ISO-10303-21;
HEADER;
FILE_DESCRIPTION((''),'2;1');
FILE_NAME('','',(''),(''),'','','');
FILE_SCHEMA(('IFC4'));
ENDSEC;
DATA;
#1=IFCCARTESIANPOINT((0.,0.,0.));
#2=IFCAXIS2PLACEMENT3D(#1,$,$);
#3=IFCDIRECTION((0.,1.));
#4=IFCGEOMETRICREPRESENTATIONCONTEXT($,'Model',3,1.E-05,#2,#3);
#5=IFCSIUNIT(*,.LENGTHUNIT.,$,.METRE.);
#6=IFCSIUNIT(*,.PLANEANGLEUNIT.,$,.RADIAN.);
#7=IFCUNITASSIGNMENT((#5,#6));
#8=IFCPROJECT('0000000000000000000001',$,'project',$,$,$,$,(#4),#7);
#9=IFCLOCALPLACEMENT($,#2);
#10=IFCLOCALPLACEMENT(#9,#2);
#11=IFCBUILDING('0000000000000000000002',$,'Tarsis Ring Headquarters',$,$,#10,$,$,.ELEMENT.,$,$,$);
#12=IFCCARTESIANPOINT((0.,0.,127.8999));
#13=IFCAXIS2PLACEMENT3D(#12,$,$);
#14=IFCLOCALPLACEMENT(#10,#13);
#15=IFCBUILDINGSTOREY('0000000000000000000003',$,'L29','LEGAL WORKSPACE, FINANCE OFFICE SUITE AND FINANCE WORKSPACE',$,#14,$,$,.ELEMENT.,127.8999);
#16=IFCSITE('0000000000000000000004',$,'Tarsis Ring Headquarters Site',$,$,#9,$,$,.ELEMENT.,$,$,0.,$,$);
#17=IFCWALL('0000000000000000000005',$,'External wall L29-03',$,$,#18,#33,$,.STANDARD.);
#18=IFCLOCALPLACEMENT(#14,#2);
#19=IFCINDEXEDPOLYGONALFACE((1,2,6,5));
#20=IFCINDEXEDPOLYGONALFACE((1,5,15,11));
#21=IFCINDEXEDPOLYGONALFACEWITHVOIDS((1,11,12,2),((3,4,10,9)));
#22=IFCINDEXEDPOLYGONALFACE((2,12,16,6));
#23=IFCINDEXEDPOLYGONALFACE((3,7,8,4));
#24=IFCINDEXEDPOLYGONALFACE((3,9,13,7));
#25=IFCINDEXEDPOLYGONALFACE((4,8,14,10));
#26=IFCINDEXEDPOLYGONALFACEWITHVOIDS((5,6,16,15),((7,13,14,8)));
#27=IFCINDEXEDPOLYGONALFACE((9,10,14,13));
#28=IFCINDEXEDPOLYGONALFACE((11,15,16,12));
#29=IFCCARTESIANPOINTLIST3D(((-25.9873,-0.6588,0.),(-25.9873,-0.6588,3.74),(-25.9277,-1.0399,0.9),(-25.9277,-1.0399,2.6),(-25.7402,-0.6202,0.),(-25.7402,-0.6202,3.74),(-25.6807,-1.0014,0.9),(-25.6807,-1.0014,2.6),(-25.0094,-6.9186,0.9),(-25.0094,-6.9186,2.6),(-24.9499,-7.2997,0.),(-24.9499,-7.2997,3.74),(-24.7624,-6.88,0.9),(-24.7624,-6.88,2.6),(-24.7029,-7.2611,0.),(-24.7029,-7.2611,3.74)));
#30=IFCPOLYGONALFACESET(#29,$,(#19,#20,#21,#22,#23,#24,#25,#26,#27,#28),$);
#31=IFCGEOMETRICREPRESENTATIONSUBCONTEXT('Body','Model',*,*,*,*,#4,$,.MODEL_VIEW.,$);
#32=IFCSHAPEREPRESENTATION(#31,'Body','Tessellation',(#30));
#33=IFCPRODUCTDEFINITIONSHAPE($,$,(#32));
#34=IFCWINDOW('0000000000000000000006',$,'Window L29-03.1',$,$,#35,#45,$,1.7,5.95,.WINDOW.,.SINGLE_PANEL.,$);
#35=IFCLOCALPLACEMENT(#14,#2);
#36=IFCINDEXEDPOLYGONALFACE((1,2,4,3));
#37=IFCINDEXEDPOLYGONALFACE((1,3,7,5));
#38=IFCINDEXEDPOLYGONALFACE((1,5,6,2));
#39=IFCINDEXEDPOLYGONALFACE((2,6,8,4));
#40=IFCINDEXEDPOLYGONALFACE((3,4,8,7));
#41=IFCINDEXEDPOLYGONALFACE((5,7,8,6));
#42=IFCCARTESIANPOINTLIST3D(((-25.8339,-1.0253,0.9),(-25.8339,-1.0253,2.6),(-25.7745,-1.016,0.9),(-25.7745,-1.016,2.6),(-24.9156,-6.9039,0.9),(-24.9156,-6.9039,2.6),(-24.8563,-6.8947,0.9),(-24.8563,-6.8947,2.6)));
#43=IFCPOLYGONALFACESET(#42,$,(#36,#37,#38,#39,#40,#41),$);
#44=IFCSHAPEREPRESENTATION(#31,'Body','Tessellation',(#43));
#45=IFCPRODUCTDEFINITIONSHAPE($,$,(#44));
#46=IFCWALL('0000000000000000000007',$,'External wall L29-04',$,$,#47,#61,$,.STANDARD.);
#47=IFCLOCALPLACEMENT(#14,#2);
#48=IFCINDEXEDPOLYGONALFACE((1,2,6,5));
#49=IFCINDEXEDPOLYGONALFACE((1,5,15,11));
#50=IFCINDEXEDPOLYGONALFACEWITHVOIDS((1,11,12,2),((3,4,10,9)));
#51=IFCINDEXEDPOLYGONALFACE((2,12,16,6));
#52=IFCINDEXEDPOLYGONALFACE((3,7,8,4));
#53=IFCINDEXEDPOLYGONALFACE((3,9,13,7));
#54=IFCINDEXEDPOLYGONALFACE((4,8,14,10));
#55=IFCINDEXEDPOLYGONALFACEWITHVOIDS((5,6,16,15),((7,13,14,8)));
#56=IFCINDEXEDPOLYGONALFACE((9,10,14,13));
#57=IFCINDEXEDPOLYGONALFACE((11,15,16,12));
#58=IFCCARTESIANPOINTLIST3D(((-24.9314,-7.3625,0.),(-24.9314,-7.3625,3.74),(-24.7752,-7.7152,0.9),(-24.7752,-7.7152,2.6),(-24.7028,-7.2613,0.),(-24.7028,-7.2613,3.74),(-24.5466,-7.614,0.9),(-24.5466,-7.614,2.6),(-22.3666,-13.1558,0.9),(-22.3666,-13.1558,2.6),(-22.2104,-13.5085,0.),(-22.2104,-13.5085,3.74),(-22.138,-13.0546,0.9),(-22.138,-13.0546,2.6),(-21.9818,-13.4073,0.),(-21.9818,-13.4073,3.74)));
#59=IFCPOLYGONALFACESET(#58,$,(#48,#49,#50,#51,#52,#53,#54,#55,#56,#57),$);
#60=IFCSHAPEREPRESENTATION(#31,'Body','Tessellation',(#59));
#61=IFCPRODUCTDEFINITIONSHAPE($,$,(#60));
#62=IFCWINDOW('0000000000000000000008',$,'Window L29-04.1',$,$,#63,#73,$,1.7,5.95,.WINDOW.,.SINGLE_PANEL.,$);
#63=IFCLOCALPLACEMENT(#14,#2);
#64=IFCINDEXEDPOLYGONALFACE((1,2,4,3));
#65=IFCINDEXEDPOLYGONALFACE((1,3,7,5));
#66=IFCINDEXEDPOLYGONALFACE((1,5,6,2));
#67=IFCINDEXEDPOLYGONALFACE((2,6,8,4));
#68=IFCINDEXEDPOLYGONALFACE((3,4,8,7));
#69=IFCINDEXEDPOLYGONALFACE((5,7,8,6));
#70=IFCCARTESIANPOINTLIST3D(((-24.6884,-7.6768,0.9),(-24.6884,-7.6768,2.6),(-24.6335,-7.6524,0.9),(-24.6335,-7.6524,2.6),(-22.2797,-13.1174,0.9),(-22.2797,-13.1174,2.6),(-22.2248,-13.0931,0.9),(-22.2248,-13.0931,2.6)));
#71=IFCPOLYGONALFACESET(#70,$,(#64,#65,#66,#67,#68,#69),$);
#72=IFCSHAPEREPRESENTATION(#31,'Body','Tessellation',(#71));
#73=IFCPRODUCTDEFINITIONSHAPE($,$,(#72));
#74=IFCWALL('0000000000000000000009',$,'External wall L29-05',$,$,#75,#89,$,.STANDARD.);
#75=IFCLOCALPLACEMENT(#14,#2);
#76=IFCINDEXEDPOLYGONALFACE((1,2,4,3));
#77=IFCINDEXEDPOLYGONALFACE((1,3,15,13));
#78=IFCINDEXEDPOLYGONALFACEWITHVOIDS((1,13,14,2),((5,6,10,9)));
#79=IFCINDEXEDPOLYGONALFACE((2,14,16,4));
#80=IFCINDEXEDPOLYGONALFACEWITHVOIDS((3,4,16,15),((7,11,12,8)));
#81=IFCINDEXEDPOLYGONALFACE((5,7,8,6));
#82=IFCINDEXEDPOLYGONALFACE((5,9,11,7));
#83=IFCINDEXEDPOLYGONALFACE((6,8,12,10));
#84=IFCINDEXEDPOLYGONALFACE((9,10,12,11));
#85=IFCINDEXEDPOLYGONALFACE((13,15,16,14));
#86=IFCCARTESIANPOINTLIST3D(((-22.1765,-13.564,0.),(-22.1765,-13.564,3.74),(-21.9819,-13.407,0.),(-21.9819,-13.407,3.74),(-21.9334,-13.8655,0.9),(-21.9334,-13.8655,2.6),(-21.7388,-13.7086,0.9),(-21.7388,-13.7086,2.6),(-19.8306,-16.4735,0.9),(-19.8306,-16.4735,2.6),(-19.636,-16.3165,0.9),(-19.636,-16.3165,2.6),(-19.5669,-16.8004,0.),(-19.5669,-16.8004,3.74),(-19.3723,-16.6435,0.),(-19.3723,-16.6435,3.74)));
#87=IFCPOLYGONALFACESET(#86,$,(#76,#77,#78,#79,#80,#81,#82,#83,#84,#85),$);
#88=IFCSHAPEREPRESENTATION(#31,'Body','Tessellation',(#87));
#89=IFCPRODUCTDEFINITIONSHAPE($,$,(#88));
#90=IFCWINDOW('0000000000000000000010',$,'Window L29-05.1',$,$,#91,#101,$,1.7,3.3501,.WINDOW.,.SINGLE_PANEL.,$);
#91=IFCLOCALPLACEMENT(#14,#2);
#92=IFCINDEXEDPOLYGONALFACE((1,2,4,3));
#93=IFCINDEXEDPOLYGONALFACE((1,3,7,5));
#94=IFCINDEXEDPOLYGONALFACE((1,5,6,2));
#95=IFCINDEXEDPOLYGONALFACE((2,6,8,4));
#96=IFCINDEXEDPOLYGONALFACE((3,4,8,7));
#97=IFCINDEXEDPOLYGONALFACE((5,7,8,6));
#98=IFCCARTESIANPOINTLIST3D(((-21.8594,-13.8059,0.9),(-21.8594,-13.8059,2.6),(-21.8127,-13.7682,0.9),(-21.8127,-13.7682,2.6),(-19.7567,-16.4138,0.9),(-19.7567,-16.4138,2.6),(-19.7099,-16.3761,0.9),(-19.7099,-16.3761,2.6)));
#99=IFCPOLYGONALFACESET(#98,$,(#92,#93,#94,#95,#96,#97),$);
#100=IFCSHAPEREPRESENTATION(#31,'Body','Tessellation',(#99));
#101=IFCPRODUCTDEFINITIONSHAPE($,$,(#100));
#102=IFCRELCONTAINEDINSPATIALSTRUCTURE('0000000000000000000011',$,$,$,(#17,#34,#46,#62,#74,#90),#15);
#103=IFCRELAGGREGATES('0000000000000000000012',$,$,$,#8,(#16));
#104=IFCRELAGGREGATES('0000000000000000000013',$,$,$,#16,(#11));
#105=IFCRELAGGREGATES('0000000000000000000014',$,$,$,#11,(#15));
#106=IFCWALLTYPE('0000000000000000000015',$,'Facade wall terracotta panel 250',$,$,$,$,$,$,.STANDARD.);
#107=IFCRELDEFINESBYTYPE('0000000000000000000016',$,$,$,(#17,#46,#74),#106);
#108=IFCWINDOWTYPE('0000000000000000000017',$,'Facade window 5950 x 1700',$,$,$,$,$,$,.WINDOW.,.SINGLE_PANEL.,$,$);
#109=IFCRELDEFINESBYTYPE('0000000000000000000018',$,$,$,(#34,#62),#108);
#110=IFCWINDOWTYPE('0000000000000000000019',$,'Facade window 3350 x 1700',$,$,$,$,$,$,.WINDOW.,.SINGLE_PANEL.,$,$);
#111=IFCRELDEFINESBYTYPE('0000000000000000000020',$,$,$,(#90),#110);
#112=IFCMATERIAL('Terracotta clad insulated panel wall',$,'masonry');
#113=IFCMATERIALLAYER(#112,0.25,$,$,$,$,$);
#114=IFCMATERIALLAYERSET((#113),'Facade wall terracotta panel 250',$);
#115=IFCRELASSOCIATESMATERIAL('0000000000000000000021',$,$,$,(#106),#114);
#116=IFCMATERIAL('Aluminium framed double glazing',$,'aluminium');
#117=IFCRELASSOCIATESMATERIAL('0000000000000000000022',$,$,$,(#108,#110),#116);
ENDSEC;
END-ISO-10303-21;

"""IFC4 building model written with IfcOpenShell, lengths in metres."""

from ifc_helpers import new_model, si_unit, direction, frame, frame_2d, origin, place, context, subcontext, project, spatial, rectangle, extrude, material, layer, layer_set, type_object, element, fill, save


model = new_model("IFC4")

# Units and contexts
model_context = context("Model", 3, precision=1e-05, world=origin(), true_north=direction((0.0, 1.0)))
body_context = subcontext(model_context, "Body", "Model", "MODEL_VIEW")
ifc_project = project(units=[si_unit("LENGTHUNIT", "METRE"), si_unit("PLANEANGLEUNIT", "RADIAN")], contexts=[model_context])

# Site, building, storey
site_placement = place(None, origin())
site = spatial("IfcSite", under=ifc_project, at=site_placement, Name="Tarsis Ring Headquarters Site", CompositionType="ELEMENT", RefElevation=0.0)
building_placement = place(site_placement, origin())
building = spatial("IfcBuilding", under=site, at=building_placement, Name="Tarsis Ring Headquarters", CompositionType="ELEMENT")
storey_placement = place(building_placement, frame((0.0, 0.0, 127.8999)))
storey = spatial("IfcBuildingStorey", under=building, at=storey_placement, Name="L29", Description="LEGAL WORKSPACE, FINANCE OFFICE SUITE AND FINANCE WORKSPACE", CompositionType="ELEMENT", Elevation=127.8999)

# Walls, openings, windows
ifc_material_1 = material(Name="Terracotta clad insulated panel wall", Category="masonry")
ifc_layer_1 = layer(ifc_material_1, 0.25)
ifc_layer_set_1 = layer_set([ifc_layer_1], Name="Facade wall terracotta panel 250")
wall_type_1 = type_object("IfcWallType", Name="Facade wall terracotta panel 250", PredefinedType="STANDARD", material=ifc_layer_set_1)
wall_1_placement = place(storey_placement, frame((-25.8638, -0.6394, 0.0), z_axis=(0.0, 0.0, 1.0), x_axis=(0.154336, -0.988018, 0.0)))
wall_1 = element("IfcWall", 1, at=wall_1_placement, inside=storey, type_object=wall_type_1, Name="External wall L29-03", PredefinedType="STANDARD", context=body_context, shape_type="SweptSolid", body=[
    extrude(rectangle(XDim=6.7214, YDim=0.25, at=frame_2d((3.3608, 0.0))), origin(), (0.0, 0.0, 1.0), 3.74),
])
opening_1_placement = place(wall_1_placement, frame((0.3857, 0.0, 0.8999)))
opening_1 = element("IfcOpeningElement", 2, at=opening_1_placement, cuts=wall_1, PredefinedType="OPENING", context=body_context, shape_type="SweptSolid", body=[
    extrude(rectangle(XDim=5.95, YDim=1.7, at=frame_2d((2.9751, 0.8501))), frame((0.0, 0.135, 0.0), z_axis=(0.0, -1.0, 0.0), x_axis=(1.0, 0.0, 0.0)), (0.0, 0.0, 1.0), 0.27),
])
ifc_material_2 = material(Name="Aluminium framed double glazing", Category="aluminium")
window_type_1 = type_object("IfcWindowType", Name="Facade window 5950 x 1700", PartitioningType="SINGLE_PANEL", PredefinedType="WINDOW", material=ifc_material_2)
window_1_placement = place(opening_1_placement, origin())
window_1 = element("IfcWindow", 3, at=window_1_placement, inside=storey, type_object=window_type_1, Name="Window L29-03.1", OverallHeight=1.7, OverallWidth=5.95, PartitioningType="SINGLE_PANEL", PredefinedType="WINDOW", context=body_context, shape_type="SweptSolid", body=[
    extrude(rectangle(XDim=5.95, YDim=1.7, at=frame_2d((2.9751, 0.8501))), frame((0.0, 0.03, 0.0), z_axis=(0.0, -1.0, 0.0), x_axis=(1.0, 0.0, 0.0)), (0.0, 0.0, 1.0), 0.0601),
])
fill(opening_1, window_1)
wall_2_placement = place(storey_placement, frame((-24.8171, -7.3118, 0.0), z_axis=(0.0, 0.0, 1.0), x_axis=(0.40482, -0.914396, 0.0)))
wall_2 = element("IfcWall", 4, at=wall_2_placement, inside=storey, type_object=wall_type_1, Name="External wall L29-04", PredefinedType="STANDARD", context=body_context, shape_type="SweptSolid", body=[
    extrude(rectangle(XDim=6.7214, YDim=0.25, at=frame_2d((3.3608, 0.0))), origin(), (0.0, 0.0, 1.0), 3.74),
])
opening_2_placement = place(wall_2_placement, frame((0.3857, 0.0, 0.8999)))
opening_2 = element("IfcOpeningElement", 5, at=opening_2_placement, cuts=wall_2, PredefinedType="OPENING", context=body_context, shape_type="SweptSolid", body=[
    extrude(rectangle(XDim=5.95, YDim=1.7, at=frame_2d((2.9751, 0.8501))), frame((0.0, 0.135, 0.0), z_axis=(0.0, -1.0, 0.0), x_axis=(1.0, 0.0, 0.0)), (0.0, 0.0, 1.0), 0.27),
])
window_2_placement = place(opening_2_placement, origin())
window_2 = element("IfcWindow", 6, at=window_2_placement, inside=storey, type_object=window_type_1, Name="Window L29-04.1", OverallHeight=1.7, OverallWidth=5.95, PartitioningType="SINGLE_PANEL", PredefinedType="WINDOW", context=body_context, shape_type="SweptSolid", body=[
    extrude(rectangle(XDim=5.95, YDim=1.7, at=frame_2d((2.9751, 0.8501))), frame((0.0, 0.03, 0.0), z_axis=(0.0, -1.0, 0.0), x_axis=(1.0, 0.0, 0.0)), (0.0, 0.0, 1.0), 0.0601),
])
fill(opening_2, window_2)
wall_3_placement = place(storey_placement, frame((-22.0791, -13.4856, 0.0), z_axis=(0.0, 0.0, 1.0), x_axis=(0.627677, -0.778474, 0.0)))
wall_3 = element("IfcWall", 7, at=wall_3_placement, inside=storey, type_object=wall_type_1, Name="External wall L29-05", PredefinedType="STANDARD", context=body_context, shape_type="SweptSolid", body=[
    extrude(rectangle(XDim=4.1575, YDim=0.25, at=frame_2d((2.0786, 0.0))), origin(), (0.0, 0.0, 1.0), 3.74),
])
opening_3_placement = place(wall_3_placement, frame((0.3872, 0.0, 0.8999)))
opening_3 = element("IfcOpeningElement", 8, at=opening_3_placement, cuts=wall_3, PredefinedType="OPENING", context=body_context, shape_type="SweptSolid", body=[
    extrude(rectangle(XDim=3.3501, YDim=1.7, at=frame_2d((1.675, 0.8501))), frame((0.0, 0.135, 0.0), z_axis=(0.0, -1.0, 0.0), x_axis=(1.0, 0.0, 0.0)), (0.0, 0.0, 1.0), 0.27),
])
window_type_2 = type_object("IfcWindowType", Name="Facade window 3350 x 1700", PartitioningType="SINGLE_PANEL", PredefinedType="WINDOW", material=ifc_material_2)
window_3_placement = place(opening_3_placement, origin())
window_3 = element("IfcWindow", 9, at=window_3_placement, inside=storey, type_object=window_type_2, Name="Window L29-05.1", OverallHeight=1.7, OverallWidth=3.3501, PartitioningType="SINGLE_PANEL", PredefinedType="WINDOW", context=body_context, shape_type="SweptSolid", body=[
    extrude(rectangle(XDim=3.3501, YDim=1.7, at=frame_2d((1.675, 0.8501))), frame((0.0, 0.03, 0.0), z_axis=(0.0, -1.0, 0.0), x_axis=(1.0, 0.0, 0.0)), (0.0, 0.0, 1.0), 0.0601),
])
fill(opening_3, window_3)

save(model, "model.ifc")
